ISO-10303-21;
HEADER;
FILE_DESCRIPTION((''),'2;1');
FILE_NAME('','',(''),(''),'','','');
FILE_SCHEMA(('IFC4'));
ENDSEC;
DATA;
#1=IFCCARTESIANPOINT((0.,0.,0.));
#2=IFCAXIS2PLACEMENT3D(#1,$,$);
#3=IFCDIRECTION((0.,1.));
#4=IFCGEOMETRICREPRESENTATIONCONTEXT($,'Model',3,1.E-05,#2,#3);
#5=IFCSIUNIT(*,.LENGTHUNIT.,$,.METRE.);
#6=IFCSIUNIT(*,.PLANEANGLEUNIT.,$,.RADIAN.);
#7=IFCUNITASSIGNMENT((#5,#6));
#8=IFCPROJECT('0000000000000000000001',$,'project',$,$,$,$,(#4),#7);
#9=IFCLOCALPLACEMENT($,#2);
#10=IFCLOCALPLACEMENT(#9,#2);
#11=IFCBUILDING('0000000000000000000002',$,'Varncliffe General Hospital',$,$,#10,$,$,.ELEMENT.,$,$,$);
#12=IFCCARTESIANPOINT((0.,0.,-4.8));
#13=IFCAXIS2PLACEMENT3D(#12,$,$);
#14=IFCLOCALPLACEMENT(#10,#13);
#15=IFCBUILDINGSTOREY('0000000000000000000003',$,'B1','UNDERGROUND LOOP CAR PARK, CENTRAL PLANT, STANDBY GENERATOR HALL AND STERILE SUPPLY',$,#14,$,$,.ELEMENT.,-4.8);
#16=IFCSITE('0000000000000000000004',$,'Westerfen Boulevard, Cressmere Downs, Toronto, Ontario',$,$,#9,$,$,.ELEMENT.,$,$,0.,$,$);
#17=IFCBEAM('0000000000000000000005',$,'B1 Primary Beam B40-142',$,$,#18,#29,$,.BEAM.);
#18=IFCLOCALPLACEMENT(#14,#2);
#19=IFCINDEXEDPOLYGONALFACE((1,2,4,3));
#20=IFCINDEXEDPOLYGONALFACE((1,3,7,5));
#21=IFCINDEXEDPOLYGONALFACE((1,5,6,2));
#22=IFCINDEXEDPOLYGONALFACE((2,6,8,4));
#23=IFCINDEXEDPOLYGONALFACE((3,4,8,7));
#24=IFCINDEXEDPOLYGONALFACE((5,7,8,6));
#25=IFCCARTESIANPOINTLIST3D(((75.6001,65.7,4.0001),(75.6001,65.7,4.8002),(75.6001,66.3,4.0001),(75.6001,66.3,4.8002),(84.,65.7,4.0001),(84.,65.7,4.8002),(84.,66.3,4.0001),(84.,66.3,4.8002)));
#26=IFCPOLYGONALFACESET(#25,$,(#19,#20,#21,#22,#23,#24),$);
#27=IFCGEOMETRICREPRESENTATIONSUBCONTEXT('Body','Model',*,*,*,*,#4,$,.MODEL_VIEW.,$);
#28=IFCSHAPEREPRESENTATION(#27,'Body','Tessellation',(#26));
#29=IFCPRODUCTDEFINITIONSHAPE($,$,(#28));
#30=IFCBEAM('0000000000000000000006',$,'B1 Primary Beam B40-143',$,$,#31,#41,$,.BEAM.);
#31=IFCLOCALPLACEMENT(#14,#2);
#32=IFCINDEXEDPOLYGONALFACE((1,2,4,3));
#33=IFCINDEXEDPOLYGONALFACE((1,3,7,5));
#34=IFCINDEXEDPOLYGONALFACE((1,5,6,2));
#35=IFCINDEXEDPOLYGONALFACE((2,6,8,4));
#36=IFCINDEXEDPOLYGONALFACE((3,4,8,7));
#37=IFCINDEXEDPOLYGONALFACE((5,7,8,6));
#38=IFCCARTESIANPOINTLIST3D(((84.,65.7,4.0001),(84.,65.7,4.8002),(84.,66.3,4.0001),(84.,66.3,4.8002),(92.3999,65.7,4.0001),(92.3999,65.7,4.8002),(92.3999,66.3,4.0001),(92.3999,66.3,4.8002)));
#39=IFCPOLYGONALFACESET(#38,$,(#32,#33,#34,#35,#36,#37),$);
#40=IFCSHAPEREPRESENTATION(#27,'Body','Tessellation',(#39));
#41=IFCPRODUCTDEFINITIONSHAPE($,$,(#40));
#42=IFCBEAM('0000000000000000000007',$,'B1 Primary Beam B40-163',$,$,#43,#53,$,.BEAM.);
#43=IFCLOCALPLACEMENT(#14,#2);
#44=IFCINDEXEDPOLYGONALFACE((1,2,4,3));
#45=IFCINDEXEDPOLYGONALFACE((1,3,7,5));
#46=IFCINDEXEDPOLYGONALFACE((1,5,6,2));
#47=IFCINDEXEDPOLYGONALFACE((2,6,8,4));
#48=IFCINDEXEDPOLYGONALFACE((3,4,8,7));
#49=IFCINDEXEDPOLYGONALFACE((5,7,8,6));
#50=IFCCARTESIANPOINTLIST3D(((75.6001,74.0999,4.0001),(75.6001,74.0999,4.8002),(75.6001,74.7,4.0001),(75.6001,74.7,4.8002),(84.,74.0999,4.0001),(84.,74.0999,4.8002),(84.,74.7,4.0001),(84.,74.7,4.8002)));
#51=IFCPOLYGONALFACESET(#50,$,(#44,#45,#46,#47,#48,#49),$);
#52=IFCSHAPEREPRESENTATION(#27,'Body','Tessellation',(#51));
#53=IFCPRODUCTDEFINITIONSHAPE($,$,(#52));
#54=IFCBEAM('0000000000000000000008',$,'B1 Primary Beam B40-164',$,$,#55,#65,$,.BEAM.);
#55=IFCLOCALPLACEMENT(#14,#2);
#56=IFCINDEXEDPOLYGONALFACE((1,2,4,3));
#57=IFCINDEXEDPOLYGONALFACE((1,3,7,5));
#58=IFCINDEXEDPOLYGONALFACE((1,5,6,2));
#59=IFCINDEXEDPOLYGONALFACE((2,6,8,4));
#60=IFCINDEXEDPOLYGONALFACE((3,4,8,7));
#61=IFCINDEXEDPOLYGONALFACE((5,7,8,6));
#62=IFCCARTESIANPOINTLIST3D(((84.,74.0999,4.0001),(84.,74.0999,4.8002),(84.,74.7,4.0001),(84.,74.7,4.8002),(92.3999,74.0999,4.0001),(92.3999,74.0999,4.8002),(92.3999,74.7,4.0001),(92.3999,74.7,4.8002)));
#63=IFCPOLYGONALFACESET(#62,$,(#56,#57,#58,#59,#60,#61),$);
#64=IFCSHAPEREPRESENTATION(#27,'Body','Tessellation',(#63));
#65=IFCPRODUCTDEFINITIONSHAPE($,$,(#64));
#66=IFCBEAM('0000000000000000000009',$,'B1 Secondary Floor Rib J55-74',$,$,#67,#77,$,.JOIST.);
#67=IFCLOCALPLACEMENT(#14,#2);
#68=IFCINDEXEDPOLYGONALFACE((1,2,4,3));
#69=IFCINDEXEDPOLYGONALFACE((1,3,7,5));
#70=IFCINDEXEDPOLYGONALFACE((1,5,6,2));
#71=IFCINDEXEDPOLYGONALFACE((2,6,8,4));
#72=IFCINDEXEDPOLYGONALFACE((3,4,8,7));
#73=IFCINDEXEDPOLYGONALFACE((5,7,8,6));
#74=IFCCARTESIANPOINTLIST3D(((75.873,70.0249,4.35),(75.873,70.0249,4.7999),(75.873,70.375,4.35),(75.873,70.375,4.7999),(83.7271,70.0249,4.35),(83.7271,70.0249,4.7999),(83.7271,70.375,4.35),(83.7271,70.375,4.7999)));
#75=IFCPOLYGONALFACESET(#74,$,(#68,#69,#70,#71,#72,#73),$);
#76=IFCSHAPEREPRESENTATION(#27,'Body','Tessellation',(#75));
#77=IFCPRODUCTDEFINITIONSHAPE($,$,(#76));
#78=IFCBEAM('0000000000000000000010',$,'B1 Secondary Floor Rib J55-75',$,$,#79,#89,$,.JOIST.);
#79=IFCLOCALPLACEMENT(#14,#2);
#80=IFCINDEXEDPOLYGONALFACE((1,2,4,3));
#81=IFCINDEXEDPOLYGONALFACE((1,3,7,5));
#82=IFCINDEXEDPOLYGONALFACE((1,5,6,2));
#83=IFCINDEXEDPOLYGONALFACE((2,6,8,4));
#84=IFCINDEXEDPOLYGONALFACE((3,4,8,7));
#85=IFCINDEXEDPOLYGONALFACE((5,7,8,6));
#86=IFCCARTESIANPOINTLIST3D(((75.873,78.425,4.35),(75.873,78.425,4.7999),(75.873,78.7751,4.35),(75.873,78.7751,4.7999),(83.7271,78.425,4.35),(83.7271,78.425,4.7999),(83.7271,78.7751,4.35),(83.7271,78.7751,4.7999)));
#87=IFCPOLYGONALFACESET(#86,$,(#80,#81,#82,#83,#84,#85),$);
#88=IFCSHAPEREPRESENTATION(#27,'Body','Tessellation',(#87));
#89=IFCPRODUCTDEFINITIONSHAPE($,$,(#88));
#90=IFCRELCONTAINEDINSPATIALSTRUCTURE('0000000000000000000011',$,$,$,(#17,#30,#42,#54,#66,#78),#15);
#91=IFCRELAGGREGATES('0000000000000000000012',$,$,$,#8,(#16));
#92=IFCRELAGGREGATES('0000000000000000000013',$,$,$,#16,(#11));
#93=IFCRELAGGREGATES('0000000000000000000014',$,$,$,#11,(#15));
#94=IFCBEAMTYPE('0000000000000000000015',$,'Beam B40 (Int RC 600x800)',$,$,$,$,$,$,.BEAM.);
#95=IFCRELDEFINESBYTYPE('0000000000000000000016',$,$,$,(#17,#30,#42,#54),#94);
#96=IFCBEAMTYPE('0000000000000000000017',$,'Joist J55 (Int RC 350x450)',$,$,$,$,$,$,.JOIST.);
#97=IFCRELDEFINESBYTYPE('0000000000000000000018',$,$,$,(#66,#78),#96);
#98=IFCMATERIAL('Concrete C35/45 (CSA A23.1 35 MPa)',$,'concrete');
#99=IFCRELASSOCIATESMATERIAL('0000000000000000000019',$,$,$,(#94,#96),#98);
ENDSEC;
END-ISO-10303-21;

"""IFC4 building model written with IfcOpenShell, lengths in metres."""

from ifc_helpers import new_model, si_unit, direction, frame, origin, origin_2d, place, context, subcontext, project, spatial, rectangle, extrude, material, material_profile, profile_set, type_object, element, save


model = new_model("IFC4")

# Units and contexts
model_context = context("Model", 3, precision=1e-05, world=origin(), true_north=direction((0.0, 1.0)))
body_context = subcontext(model_context, "Body", "Model", "MODEL_VIEW")
ifc_project = project(units=[si_unit("LENGTHUNIT", "METRE"), si_unit("PLANEANGLEUNIT", "RADIAN")], contexts=[model_context])

# Site, building, storey
site_placement = place(None, origin())
site = spatial("IfcSite", under=ifc_project, at=site_placement, Name="Westerfen Boulevard, Cressmere Downs, Toronto, Ontario", CompositionType="ELEMENT", RefElevation=0.0)
building_placement = place(site_placement, origin())
building = spatial("IfcBuilding", under=site, at=building_placement, Name="Varncliffe General Hospital", CompositionType="ELEMENT")
storey_placement = place(building_placement, frame((0.0, 0.0, -4.8)))
storey = spatial("IfcBuildingStorey", under=building, at=storey_placement, Name="B1", Description="UNDERGROUND LOOP CAR PARK, CENTRAL PLANT, STANDBY GENERATOR HALL AND STERILE SUPPLY", CompositionType="ELEMENT", Elevation=-4.8)

# Beams
ifc_material_1 = material(Name="Concrete C35/45 (CSA A23.1 35 MPa)", Category="concrete")
ifc_material_profile_1 = material_profile(ifc_material_1, rectangle(XDim=0.6001, YDim=0.8, at=origin_2d()), Name="RC 600x800")
ifc_profile_set_1 = profile_set([ifc_material_profile_1], Name="Concrete C35/45 (CSA A23.1 35 MPa)")
beam_type_1 = type_object("IfcBeamType", Name="Beam B40 (Int RC 600x800)", PredefinedType="BEAM", material=ifc_profile_set_1)
for number, where, z_axis, x_axis, name in (
    (1, (75.6001, 66.0, 4.4001), (1.0, 0.0, 0.0), (0.0, 1.0, 0.0), "B1 Primary Beam B40-142"),
    (2, (84.0, 66.0, 4.4001), (1.0, 0.0, 0.0), (0.0, 1.0, 0.0), "B1 Primary Beam B40-143"),
    (3, (75.6001, 74.3999, 4.4001), (1.0, 0.0, 0.0), (0.0, 1.0, 0.0), "B1 Primary Beam B40-163"),
    (4, (84.0, 74.3999, 4.4001), (1.0, 0.0, 0.0), (0.0, 1.0, 0.0), "B1 Primary Beam B40-164"),
):
    element("IfcBeam", number, at=place(storey_placement, frame(where, z_axis=z_axis, x_axis=x_axis)), inside=storey, type_object=beam_type_1, Name=name, PredefinedType="BEAM", context=body_context, shape_type="SweptSolid", body=[
        extrude(rectangle(XDim=0.6001, YDim=0.8, at=origin_2d()), origin(), (0.0, 0.0, 1.0), 8.3999),
    ])
ifc_material_profile_2 = material_profile(ifc_material_1, rectangle(XDim=0.3501, YDim=0.45, at=origin_2d()), Name="RC 350x450")
ifc_profile_set_2 = profile_set([ifc_material_profile_2], Name="Concrete C35/45 (CSA A23.1 35 MPa)")
beam_type_2 = type_object("IfcBeamType", Name="Joist J55 (Int RC 350x450)", PredefinedType="JOIST", material=ifc_profile_set_2)
for number, where, z_axis, x_axis, name in (
    (5, (75.873, 70.2, 4.575), (1.0, 0.0, 0.0), (0.0, 1.0, 0.0), "B1 Secondary Floor Rib J55-74"),
    (6, (75.873, 78.6001, 4.575), (1.0, 0.0, 0.0), (0.0, 1.0, 0.0), "B1 Secondary Floor Rib J55-75"),
):
    element("IfcBeam", number, at=place(storey_placement, frame(where, z_axis=z_axis, x_axis=x_axis)), inside=storey, type_object=beam_type_2, Name=name, PredefinedType="JOIST", context=body_context, shape_type="SweptSolid", body=[
        extrude(rectangle(XDim=0.3501, YDim=0.45, at=origin_2d()), origin(), (0.0, 0.0, 1.0), 7.854),
    ])

save(model, "model.ifc")
